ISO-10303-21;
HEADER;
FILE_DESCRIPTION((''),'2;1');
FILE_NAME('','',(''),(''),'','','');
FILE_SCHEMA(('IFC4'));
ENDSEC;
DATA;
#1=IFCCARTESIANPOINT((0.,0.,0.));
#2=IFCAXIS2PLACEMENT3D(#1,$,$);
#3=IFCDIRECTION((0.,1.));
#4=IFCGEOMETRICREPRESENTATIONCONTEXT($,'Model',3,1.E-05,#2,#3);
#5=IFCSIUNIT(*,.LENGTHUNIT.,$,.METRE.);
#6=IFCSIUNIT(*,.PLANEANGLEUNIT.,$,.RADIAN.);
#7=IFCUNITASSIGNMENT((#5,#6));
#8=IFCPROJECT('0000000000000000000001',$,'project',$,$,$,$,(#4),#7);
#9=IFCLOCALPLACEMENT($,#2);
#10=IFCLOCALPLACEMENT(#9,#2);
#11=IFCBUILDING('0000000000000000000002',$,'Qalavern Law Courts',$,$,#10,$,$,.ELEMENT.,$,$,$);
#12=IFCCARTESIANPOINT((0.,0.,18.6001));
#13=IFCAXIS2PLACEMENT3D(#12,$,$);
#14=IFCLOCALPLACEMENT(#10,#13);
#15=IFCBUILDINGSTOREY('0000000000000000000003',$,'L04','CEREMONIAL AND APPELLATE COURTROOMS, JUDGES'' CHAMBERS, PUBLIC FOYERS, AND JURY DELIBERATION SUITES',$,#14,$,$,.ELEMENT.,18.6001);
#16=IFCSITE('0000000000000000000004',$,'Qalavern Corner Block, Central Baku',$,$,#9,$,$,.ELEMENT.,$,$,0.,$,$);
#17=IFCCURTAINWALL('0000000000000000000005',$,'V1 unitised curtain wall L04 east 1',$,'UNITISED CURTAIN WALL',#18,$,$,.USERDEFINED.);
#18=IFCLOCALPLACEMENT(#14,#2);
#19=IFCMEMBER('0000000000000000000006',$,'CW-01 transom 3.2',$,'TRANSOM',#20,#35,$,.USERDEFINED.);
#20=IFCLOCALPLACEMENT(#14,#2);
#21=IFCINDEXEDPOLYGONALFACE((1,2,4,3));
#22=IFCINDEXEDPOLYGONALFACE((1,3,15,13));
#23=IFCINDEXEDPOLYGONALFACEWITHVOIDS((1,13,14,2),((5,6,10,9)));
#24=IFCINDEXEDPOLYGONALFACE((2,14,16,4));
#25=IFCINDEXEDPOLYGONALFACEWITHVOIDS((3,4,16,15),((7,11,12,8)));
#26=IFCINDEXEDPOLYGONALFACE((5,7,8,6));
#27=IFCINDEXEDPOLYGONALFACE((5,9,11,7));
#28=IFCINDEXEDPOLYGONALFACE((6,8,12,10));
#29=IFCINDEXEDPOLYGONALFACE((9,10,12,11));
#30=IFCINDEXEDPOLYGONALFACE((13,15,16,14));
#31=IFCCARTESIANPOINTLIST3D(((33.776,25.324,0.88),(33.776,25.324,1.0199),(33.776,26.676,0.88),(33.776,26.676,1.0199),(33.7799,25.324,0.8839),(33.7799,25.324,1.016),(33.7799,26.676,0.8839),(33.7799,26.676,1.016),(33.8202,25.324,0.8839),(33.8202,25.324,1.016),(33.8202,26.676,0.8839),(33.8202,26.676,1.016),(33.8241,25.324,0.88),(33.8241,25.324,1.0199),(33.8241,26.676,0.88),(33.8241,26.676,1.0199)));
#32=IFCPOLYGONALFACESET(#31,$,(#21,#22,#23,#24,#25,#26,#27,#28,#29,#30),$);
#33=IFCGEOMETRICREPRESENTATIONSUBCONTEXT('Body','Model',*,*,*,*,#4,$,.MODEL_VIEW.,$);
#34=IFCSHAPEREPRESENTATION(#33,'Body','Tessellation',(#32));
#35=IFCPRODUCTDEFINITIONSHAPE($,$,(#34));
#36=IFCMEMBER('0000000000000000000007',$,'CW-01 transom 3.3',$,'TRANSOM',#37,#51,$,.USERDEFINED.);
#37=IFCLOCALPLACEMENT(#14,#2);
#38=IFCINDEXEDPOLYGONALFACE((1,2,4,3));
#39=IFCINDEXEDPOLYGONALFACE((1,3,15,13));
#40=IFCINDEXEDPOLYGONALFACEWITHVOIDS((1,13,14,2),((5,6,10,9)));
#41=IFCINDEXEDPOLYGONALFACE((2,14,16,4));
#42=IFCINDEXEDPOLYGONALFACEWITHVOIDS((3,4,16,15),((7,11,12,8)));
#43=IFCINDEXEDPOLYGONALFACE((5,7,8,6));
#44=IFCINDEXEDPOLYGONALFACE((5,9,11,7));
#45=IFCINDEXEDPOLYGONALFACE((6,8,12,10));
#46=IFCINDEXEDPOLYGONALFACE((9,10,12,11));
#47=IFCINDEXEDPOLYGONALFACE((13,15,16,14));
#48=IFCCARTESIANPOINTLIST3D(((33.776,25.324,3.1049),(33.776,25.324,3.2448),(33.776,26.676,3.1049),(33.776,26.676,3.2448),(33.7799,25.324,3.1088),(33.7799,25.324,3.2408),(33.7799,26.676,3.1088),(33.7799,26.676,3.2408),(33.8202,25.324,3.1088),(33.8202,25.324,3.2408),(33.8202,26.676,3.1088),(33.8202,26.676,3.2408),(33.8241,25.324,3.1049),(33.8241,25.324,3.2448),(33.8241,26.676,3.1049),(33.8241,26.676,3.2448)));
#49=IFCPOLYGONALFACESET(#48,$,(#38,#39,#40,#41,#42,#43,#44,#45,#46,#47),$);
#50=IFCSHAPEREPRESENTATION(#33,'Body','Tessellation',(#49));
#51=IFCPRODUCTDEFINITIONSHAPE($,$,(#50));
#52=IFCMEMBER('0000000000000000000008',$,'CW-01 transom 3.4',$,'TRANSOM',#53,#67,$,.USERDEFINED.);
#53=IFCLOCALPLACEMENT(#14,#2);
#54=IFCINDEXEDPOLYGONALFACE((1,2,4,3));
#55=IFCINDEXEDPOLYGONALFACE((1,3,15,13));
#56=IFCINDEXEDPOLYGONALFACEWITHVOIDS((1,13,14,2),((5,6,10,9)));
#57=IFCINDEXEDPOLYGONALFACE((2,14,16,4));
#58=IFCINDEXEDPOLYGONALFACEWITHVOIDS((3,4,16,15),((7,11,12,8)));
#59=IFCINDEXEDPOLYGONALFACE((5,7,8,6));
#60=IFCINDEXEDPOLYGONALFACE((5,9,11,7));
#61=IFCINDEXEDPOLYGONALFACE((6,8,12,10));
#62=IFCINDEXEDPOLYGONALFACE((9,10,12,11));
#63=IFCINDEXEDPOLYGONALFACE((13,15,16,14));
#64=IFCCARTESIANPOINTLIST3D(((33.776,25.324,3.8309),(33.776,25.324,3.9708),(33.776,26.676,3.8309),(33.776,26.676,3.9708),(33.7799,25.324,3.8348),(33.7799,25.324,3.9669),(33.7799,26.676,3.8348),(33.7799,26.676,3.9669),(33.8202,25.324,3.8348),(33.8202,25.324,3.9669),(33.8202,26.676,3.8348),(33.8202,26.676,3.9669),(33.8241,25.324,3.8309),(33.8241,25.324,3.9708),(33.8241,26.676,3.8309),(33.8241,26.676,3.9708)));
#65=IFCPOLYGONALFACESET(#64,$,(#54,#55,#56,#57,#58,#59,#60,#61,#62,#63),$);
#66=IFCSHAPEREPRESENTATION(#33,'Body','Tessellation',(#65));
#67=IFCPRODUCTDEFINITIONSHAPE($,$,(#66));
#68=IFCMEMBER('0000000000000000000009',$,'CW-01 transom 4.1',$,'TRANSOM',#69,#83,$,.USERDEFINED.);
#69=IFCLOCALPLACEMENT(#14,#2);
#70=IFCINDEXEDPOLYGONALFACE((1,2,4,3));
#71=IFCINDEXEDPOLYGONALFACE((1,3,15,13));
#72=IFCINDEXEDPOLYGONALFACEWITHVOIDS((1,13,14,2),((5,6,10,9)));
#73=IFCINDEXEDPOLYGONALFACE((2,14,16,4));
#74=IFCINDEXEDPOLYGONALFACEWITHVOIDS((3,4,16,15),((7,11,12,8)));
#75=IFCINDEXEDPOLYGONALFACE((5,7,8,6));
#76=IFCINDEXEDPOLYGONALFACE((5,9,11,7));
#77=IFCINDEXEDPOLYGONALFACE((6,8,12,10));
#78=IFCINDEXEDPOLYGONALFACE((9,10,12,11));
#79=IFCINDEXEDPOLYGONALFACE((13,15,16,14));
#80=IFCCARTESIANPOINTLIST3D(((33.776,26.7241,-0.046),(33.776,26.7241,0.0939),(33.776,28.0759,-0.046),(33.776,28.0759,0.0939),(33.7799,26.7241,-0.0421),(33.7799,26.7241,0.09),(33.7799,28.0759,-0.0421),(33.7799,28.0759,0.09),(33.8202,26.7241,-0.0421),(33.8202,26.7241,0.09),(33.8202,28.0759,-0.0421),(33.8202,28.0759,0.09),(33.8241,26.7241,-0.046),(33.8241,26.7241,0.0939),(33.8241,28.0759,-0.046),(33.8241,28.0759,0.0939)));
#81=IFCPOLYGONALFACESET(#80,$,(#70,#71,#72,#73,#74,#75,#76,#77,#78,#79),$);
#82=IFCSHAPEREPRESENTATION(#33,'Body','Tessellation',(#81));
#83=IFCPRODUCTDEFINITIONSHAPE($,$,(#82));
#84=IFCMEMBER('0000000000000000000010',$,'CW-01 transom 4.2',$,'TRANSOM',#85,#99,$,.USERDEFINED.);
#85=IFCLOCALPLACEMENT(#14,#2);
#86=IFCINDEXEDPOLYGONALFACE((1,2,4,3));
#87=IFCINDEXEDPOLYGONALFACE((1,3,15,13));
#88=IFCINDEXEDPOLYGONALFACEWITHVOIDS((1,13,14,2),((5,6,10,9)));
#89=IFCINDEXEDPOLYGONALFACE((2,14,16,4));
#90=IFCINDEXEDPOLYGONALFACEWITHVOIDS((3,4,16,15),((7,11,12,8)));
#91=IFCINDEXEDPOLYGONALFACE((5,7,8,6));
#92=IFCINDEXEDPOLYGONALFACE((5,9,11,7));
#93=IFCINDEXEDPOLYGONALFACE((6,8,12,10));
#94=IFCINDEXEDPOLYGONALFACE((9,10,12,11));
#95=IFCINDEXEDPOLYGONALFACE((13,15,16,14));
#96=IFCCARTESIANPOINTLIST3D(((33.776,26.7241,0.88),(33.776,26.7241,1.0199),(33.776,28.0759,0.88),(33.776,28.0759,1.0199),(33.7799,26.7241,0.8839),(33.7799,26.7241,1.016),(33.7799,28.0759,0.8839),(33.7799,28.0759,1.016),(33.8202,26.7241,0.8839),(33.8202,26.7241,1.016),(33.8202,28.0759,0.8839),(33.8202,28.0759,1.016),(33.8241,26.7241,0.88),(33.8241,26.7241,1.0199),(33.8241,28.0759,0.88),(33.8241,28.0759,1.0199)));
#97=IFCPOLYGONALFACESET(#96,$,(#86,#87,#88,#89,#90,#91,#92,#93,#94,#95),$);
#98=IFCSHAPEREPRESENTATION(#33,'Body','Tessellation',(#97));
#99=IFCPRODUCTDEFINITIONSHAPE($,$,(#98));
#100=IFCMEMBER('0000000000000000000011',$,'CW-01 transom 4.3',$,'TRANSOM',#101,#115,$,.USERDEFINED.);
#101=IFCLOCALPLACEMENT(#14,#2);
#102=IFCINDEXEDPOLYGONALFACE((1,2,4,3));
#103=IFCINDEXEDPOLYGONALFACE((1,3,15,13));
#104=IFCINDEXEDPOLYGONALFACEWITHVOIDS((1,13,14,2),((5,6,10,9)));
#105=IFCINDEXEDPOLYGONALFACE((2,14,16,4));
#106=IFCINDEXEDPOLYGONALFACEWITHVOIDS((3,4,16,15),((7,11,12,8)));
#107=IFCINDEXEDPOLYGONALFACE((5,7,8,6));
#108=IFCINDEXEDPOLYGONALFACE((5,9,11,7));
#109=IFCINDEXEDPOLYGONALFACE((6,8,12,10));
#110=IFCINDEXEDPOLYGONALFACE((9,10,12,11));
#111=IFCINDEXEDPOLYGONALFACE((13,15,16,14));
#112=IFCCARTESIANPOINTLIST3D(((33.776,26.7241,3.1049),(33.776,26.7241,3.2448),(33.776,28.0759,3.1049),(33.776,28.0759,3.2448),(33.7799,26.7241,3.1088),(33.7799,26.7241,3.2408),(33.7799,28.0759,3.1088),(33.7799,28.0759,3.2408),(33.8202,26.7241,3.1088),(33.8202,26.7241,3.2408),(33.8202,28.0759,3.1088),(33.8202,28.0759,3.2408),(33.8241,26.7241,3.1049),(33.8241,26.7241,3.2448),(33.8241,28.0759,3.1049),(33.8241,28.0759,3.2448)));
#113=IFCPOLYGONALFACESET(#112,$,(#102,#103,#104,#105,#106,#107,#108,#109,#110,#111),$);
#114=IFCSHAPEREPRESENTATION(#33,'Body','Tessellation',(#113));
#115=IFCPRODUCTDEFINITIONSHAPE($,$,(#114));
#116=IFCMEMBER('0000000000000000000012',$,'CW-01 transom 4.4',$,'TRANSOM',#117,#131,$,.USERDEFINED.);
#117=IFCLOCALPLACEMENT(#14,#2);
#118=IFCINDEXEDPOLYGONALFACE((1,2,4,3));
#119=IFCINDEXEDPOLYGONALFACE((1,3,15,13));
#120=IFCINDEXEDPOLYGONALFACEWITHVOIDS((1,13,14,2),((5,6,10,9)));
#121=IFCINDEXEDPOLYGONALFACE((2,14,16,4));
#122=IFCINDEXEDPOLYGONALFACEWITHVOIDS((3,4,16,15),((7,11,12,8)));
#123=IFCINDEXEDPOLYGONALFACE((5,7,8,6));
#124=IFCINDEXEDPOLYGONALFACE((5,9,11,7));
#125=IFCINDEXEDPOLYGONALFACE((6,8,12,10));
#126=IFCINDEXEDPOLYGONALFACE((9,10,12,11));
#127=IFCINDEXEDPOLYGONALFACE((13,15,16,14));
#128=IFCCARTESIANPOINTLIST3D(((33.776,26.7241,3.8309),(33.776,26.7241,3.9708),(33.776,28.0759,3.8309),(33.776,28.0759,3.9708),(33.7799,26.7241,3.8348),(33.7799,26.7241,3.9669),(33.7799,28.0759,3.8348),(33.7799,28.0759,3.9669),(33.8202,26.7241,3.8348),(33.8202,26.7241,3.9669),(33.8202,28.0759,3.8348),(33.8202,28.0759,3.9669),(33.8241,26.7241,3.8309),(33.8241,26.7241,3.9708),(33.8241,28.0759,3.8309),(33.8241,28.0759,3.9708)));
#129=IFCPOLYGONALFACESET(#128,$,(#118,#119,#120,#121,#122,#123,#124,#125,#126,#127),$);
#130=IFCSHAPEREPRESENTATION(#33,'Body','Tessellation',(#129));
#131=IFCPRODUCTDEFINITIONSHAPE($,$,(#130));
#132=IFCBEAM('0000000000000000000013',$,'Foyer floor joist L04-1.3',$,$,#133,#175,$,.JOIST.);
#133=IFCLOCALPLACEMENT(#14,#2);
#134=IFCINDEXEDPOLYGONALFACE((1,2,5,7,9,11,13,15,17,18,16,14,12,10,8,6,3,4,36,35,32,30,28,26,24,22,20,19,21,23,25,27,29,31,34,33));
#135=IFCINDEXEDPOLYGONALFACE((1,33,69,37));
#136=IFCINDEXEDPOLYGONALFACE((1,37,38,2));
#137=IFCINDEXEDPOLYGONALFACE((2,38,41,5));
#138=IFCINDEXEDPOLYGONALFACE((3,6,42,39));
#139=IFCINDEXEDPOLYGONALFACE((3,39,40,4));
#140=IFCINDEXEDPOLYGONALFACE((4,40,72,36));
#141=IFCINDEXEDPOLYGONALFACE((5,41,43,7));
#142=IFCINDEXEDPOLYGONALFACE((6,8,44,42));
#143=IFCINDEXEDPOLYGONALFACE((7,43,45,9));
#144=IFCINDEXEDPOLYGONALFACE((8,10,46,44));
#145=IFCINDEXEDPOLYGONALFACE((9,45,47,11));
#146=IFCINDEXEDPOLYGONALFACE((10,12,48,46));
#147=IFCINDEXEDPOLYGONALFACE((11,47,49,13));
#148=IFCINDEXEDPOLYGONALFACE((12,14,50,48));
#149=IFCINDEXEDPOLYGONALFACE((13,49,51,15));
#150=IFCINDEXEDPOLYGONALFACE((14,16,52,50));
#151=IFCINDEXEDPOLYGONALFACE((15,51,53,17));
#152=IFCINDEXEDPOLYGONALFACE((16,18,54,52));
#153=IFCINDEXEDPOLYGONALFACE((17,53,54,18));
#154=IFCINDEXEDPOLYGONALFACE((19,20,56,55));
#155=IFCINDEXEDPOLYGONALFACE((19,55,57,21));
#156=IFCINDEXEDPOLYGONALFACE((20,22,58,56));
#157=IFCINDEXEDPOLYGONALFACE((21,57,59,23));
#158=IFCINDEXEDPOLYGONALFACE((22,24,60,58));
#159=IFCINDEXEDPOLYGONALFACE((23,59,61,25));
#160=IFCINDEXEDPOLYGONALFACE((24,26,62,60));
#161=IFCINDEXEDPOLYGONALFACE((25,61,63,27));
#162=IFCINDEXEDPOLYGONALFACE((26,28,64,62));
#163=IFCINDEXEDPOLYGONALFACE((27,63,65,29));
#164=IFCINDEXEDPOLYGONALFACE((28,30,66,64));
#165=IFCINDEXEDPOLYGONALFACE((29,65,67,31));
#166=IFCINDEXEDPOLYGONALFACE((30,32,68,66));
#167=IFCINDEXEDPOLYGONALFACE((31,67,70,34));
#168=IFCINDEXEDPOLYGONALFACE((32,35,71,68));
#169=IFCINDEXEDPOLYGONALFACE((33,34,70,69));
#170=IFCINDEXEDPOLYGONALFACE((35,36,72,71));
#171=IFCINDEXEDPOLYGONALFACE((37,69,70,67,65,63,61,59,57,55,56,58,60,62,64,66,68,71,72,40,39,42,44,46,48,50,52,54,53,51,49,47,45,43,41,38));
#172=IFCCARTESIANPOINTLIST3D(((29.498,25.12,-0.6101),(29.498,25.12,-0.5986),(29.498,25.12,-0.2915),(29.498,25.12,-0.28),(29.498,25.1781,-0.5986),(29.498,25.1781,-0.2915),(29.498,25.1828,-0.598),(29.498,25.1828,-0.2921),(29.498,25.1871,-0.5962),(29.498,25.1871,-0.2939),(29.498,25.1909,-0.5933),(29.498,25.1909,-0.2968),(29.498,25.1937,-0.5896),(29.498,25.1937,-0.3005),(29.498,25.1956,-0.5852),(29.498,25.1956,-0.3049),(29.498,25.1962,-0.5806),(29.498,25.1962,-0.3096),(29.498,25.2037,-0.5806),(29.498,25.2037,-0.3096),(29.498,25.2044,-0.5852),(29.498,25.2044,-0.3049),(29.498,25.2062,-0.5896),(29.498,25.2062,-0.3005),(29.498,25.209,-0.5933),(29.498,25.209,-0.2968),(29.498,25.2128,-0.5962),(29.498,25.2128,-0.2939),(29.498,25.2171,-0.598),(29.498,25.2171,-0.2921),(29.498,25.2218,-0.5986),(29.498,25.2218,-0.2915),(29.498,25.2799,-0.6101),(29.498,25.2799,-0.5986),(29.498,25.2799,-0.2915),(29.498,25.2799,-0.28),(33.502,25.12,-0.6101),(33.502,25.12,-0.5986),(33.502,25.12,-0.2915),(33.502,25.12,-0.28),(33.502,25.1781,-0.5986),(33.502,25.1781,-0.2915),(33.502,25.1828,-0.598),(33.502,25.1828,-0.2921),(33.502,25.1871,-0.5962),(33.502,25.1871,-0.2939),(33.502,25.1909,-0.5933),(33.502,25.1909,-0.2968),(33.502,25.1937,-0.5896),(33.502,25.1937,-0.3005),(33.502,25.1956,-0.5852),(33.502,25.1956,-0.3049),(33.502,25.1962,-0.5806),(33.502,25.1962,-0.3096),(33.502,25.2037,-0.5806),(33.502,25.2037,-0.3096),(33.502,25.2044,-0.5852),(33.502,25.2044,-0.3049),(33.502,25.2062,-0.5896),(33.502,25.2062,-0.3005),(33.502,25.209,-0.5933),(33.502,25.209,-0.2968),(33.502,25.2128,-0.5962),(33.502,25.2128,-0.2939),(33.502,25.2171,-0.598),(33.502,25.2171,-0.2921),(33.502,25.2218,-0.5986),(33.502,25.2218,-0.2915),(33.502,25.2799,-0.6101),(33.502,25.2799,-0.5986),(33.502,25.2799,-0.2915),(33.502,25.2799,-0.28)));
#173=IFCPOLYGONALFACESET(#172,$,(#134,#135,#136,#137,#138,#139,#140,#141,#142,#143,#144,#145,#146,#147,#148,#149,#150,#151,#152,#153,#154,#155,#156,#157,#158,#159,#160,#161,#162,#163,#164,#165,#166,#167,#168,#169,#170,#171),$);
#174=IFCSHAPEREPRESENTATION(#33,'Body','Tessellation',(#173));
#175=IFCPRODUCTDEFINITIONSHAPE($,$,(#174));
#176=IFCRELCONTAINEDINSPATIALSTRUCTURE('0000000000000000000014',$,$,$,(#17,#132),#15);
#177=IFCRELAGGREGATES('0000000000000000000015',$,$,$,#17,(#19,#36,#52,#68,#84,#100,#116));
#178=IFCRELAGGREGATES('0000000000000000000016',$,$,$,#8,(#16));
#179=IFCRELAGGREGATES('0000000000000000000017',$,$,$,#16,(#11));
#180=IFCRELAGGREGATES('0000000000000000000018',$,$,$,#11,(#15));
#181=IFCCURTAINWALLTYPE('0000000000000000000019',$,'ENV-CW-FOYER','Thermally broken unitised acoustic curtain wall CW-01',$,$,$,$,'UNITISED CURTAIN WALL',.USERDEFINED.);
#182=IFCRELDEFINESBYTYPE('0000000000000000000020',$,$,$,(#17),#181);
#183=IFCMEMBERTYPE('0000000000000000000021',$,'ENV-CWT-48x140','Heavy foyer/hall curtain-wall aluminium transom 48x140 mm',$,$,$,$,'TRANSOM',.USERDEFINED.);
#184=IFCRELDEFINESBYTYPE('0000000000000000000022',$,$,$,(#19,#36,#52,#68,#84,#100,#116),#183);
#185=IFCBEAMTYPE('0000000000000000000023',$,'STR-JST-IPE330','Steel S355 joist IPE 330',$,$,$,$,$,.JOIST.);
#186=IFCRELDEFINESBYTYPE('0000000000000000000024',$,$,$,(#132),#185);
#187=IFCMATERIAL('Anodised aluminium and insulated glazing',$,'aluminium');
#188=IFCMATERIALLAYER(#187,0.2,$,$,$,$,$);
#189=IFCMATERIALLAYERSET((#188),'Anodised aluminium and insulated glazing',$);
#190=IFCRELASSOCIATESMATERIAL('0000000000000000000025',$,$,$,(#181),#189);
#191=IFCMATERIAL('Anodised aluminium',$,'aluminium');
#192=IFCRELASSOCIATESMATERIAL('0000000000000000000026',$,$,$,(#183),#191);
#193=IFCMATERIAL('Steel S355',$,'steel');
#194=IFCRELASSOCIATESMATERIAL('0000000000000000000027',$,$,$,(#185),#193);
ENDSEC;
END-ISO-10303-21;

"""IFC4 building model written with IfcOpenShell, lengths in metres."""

from ifc_helpers import new_model, si_unit, direction, frame, origin, origin_2d, place, context, subcontext, project, spatial, hollow_rectangle, i_section, extrude, material, layer, layer_set, material_profile, profile_set, type_object, element, aggregate, save


model = new_model("IFC4")

# Units and contexts
model_context = context("Model", 3, precision=1e-05, world=origin(), true_north=direction((0.0, 1.0)))
body_context = subcontext(model_context, "Body", "Model", "MODEL_VIEW")
ifc_project = project(units=[si_unit("LENGTHUNIT", "METRE"), si_unit("PLANEANGLEUNIT", "RADIAN")], contexts=[model_context])

# Site, building, storey
site_placement = place(None, origin())
site = spatial("IfcSite", under=ifc_project, at=site_placement, Name="Qalavern Corner Block, Central Baku", CompositionType="ELEMENT", RefElevation=0.0)
building_placement = place(site_placement, origin())
building = spatial("IfcBuilding", under=site, at=building_placement, Name="Qalavern Law Courts", CompositionType="ELEMENT")
storey_placement = place(building_placement, frame((0.0, 0.0, 18.6001)))
storey = spatial("IfcBuildingStorey", under=building, at=storey_placement, Name="L04", Description="CEREMONIAL AND APPELLATE COURTROOMS, JUDGES' CHAMBERS, PUBLIC FOYERS, AND JURY DELIBERATION SUITES", CompositionType="ELEMENT", Elevation=18.6001)

# Curtain wall, members
ifc_material_1 = material(Name="Anodised aluminium and insulated glazing", Category="aluminium")
ifc_layer_1 = layer(ifc_material_1, 0.2)
ifc_layer_set_1 = layer_set([ifc_layer_1], Name="Anodised aluminium and insulated glazing")
curtain_wall_type = type_object("IfcCurtainWallType", Name="ENV-CW-FOYER", Description="Thermally broken unitised acoustic curtain wall CW-01", ElementType="UNITISED CURTAIN WALL", PredefinedType="USERDEFINED", material=ifc_layer_set_1)
curtain_wall_placement = place(storey_placement, origin())
curtain_wall = element("IfcCurtainWall", 1, at=curtain_wall_placement, inside=storey, type_object=curtain_wall_type, Name="V1 unitised curtain wall L04 east 1", ObjectType="UNITISED CURTAIN WALL", PredefinedType="USERDEFINED")
ifc_material_2 = material(Name="Anodised aluminium", Category="aluminium")
ifc_material_profile_1 = material_profile(ifc_material_2, hollow_rectangle(XDim=0.0481, YDim=0.1399, WallThickness=0.0039, at=origin_2d()), Name="ALU TRANSOM 48x140")
ifc_profile_set_1 = profile_set([ifc_material_profile_1], Name="Anodised aluminium")
member_type_1 = type_object("IfcMemberType", Name="ENV-CWT-48x140", Description="Heavy foyer/hall curtain-wall aluminium transom 48x140 mm", ElementType="TRANSOM", PredefinedType="USERDEFINED", material=ifc_profile_set_1)
member_1_placement = place(storey_placement, frame((33.8, 25.324, 0.95), z_axis=(0.0, 1.0, 0.0), x_axis=(-1.0, 0.0, 0.0)))
member_1 = element("IfcMember", 2, at=member_1_placement, type_object=member_type_1, Name="CW-01 transom 3.2", ObjectType="TRANSOM", PredefinedType="USERDEFINED", context=body_context, shape_type="SweptSolid", body=[
    extrude(hollow_rectangle(XDim=0.0481, YDim=0.1399, WallThickness=0.0039, at=origin_2d()), origin(), (0.0, 0.0, 1.0), 1.3521),
])
member_2_placement = place(storey_placement, frame((33.8, 25.324, 3.1748), z_axis=(0.0, 1.0, 0.0), x_axis=(-1.0, 0.0, 0.0)))
member_2 = element("IfcMember", 3, at=member_2_placement, type_object=member_type_1, Name="CW-01 transom 3.3", ObjectType="TRANSOM", PredefinedType="USERDEFINED", context=body_context, shape_type="SweptSolid", body=[
    extrude(hollow_rectangle(XDim=0.0481, YDim=0.1399, WallThickness=0.0039, at=origin_2d()), origin(), (0.0, 0.0, 1.0), 1.3521),
])
member_3_placement = place(storey_placement, frame((33.8, 25.324, 3.9009), z_axis=(0.0, 1.0, 0.0), x_axis=(-1.0, 0.0, 0.0)))
member_3 = element("IfcMember", 4, at=member_3_placement, type_object=member_type_1, Name="CW-01 transom 3.4", ObjectType="TRANSOM", PredefinedType="USERDEFINED", context=body_context, shape_type="SweptSolid", body=[
    extrude(hollow_rectangle(XDim=0.0481, YDim=0.1399, WallThickness=0.0039, at=origin_2d()), origin(), (0.0, 0.0, 1.0), 1.3521),
])
member_4_placement = place(storey_placement, frame((33.8, 26.7241, 0.0239), z_axis=(0.0, 1.0, 0.0), x_axis=(-1.0, 0.0, 0.0)))
member_4 = element("IfcMember", 5, at=member_4_placement, type_object=member_type_1, Name="CW-01 transom 4.1", ObjectType="TRANSOM", PredefinedType="USERDEFINED", context=body_context, shape_type="SweptSolid", body=[
    extrude(hollow_rectangle(XDim=0.0481, YDim=0.1399, WallThickness=0.0039, at=origin_2d()), origin(), (0.0, 0.0, 1.0), 1.3518),
])
member_5_placement = place(storey_placement, frame((33.8, 26.7241, 0.95), z_axis=(0.0, 1.0, 0.0), x_axis=(-1.0, 0.0, 0.0)))
member_5 = element("IfcMember", 6, at=member_5_placement, type_object=member_type_1, Name="CW-01 transom 4.2", ObjectType="TRANSOM", PredefinedType="USERDEFINED", context=body_context, shape_type="SweptSolid", body=[
    extrude(hollow_rectangle(XDim=0.0481, YDim=0.1399, WallThickness=0.0039, at=origin_2d()), origin(), (0.0, 0.0, 1.0), 1.3518),
])
member_6_placement = place(storey_placement, frame((33.8, 26.7241, 3.1748), z_axis=(0.0, 1.0, 0.0), x_axis=(-1.0, 0.0, 0.0)))
member_6 = element("IfcMember", 7, at=member_6_placement, type_object=member_type_1, Name="CW-01 transom 4.3", ObjectType="TRANSOM", PredefinedType="USERDEFINED", context=body_context, shape_type="SweptSolid", body=[
    extrude(hollow_rectangle(XDim=0.0481, YDim=0.1399, WallThickness=0.0039, at=origin_2d()), origin(), (0.0, 0.0, 1.0), 1.3518),
])
member_7_placement = place(storey_placement, frame((33.8, 26.7241, 3.9009), z_axis=(0.0, 1.0, 0.0), x_axis=(-1.0, 0.0, 0.0)))
member_7 = element("IfcMember", 8, at=member_7_placement, type_object=member_type_1, Name="CW-01 transom 4.4", ObjectType="TRANSOM", PredefinedType="USERDEFINED", context=body_context, shape_type="SweptSolid", body=[
    extrude(hollow_rectangle(XDim=0.0481, YDim=0.1399, WallThickness=0.0039, at=origin_2d()), origin(), (0.0, 0.0, 1.0), 1.3518),
])

# Beam
ifc_material_3 = material(Name="Steel S355", Category="steel")
ifc_material_profile_2 = material_profile(ifc_material_3, i_section(OverallWidth=0.1599, OverallDepth=0.3301, WebThickness=0.0076, FlangeThickness=0.0115, FilletRadius=0.0181, at=origin_2d()), Name="IPE 330")
ifc_profile_set_2 = profile_set([ifc_material_profile_2], Name="Steel S355")
beam_type = type_object("IfcBeamType", Name="STR-JST-IPE330", Description="Steel S355 joist IPE 330", PredefinedType="JOIST", material=ifc_profile_set_2)
for number, where, z_axis, x_axis, name in (
    (9, (29.498, 25.2, -0.4451), (1.0, 0.0, 0.0), (0.0, 1.0, 0.0), "Foyer floor joist L04-1.3"),
):
    element("IfcBeam", number, at=place(storey_placement, frame(where, z_axis=z_axis, x_axis=x_axis)), inside=storey, type_object=beam_type, Name=name, PredefinedType="JOIST", context=body_context, shape_type="SweptSolid", body=[
        extrude(i_section(OverallWidth=0.1599, OverallDepth=0.3301, WebThickness=0.0076, FlangeThickness=0.0115, FilletRadius=0.0181, at=origin_2d()), origin(), (0.0, 0.0, 1.0), 4.0039),
    ])

aggregate(curtain_wall, [member_1, member_2, member_3, member_4, member_5, member_6, member_7])

save(model, "model.ifc")
